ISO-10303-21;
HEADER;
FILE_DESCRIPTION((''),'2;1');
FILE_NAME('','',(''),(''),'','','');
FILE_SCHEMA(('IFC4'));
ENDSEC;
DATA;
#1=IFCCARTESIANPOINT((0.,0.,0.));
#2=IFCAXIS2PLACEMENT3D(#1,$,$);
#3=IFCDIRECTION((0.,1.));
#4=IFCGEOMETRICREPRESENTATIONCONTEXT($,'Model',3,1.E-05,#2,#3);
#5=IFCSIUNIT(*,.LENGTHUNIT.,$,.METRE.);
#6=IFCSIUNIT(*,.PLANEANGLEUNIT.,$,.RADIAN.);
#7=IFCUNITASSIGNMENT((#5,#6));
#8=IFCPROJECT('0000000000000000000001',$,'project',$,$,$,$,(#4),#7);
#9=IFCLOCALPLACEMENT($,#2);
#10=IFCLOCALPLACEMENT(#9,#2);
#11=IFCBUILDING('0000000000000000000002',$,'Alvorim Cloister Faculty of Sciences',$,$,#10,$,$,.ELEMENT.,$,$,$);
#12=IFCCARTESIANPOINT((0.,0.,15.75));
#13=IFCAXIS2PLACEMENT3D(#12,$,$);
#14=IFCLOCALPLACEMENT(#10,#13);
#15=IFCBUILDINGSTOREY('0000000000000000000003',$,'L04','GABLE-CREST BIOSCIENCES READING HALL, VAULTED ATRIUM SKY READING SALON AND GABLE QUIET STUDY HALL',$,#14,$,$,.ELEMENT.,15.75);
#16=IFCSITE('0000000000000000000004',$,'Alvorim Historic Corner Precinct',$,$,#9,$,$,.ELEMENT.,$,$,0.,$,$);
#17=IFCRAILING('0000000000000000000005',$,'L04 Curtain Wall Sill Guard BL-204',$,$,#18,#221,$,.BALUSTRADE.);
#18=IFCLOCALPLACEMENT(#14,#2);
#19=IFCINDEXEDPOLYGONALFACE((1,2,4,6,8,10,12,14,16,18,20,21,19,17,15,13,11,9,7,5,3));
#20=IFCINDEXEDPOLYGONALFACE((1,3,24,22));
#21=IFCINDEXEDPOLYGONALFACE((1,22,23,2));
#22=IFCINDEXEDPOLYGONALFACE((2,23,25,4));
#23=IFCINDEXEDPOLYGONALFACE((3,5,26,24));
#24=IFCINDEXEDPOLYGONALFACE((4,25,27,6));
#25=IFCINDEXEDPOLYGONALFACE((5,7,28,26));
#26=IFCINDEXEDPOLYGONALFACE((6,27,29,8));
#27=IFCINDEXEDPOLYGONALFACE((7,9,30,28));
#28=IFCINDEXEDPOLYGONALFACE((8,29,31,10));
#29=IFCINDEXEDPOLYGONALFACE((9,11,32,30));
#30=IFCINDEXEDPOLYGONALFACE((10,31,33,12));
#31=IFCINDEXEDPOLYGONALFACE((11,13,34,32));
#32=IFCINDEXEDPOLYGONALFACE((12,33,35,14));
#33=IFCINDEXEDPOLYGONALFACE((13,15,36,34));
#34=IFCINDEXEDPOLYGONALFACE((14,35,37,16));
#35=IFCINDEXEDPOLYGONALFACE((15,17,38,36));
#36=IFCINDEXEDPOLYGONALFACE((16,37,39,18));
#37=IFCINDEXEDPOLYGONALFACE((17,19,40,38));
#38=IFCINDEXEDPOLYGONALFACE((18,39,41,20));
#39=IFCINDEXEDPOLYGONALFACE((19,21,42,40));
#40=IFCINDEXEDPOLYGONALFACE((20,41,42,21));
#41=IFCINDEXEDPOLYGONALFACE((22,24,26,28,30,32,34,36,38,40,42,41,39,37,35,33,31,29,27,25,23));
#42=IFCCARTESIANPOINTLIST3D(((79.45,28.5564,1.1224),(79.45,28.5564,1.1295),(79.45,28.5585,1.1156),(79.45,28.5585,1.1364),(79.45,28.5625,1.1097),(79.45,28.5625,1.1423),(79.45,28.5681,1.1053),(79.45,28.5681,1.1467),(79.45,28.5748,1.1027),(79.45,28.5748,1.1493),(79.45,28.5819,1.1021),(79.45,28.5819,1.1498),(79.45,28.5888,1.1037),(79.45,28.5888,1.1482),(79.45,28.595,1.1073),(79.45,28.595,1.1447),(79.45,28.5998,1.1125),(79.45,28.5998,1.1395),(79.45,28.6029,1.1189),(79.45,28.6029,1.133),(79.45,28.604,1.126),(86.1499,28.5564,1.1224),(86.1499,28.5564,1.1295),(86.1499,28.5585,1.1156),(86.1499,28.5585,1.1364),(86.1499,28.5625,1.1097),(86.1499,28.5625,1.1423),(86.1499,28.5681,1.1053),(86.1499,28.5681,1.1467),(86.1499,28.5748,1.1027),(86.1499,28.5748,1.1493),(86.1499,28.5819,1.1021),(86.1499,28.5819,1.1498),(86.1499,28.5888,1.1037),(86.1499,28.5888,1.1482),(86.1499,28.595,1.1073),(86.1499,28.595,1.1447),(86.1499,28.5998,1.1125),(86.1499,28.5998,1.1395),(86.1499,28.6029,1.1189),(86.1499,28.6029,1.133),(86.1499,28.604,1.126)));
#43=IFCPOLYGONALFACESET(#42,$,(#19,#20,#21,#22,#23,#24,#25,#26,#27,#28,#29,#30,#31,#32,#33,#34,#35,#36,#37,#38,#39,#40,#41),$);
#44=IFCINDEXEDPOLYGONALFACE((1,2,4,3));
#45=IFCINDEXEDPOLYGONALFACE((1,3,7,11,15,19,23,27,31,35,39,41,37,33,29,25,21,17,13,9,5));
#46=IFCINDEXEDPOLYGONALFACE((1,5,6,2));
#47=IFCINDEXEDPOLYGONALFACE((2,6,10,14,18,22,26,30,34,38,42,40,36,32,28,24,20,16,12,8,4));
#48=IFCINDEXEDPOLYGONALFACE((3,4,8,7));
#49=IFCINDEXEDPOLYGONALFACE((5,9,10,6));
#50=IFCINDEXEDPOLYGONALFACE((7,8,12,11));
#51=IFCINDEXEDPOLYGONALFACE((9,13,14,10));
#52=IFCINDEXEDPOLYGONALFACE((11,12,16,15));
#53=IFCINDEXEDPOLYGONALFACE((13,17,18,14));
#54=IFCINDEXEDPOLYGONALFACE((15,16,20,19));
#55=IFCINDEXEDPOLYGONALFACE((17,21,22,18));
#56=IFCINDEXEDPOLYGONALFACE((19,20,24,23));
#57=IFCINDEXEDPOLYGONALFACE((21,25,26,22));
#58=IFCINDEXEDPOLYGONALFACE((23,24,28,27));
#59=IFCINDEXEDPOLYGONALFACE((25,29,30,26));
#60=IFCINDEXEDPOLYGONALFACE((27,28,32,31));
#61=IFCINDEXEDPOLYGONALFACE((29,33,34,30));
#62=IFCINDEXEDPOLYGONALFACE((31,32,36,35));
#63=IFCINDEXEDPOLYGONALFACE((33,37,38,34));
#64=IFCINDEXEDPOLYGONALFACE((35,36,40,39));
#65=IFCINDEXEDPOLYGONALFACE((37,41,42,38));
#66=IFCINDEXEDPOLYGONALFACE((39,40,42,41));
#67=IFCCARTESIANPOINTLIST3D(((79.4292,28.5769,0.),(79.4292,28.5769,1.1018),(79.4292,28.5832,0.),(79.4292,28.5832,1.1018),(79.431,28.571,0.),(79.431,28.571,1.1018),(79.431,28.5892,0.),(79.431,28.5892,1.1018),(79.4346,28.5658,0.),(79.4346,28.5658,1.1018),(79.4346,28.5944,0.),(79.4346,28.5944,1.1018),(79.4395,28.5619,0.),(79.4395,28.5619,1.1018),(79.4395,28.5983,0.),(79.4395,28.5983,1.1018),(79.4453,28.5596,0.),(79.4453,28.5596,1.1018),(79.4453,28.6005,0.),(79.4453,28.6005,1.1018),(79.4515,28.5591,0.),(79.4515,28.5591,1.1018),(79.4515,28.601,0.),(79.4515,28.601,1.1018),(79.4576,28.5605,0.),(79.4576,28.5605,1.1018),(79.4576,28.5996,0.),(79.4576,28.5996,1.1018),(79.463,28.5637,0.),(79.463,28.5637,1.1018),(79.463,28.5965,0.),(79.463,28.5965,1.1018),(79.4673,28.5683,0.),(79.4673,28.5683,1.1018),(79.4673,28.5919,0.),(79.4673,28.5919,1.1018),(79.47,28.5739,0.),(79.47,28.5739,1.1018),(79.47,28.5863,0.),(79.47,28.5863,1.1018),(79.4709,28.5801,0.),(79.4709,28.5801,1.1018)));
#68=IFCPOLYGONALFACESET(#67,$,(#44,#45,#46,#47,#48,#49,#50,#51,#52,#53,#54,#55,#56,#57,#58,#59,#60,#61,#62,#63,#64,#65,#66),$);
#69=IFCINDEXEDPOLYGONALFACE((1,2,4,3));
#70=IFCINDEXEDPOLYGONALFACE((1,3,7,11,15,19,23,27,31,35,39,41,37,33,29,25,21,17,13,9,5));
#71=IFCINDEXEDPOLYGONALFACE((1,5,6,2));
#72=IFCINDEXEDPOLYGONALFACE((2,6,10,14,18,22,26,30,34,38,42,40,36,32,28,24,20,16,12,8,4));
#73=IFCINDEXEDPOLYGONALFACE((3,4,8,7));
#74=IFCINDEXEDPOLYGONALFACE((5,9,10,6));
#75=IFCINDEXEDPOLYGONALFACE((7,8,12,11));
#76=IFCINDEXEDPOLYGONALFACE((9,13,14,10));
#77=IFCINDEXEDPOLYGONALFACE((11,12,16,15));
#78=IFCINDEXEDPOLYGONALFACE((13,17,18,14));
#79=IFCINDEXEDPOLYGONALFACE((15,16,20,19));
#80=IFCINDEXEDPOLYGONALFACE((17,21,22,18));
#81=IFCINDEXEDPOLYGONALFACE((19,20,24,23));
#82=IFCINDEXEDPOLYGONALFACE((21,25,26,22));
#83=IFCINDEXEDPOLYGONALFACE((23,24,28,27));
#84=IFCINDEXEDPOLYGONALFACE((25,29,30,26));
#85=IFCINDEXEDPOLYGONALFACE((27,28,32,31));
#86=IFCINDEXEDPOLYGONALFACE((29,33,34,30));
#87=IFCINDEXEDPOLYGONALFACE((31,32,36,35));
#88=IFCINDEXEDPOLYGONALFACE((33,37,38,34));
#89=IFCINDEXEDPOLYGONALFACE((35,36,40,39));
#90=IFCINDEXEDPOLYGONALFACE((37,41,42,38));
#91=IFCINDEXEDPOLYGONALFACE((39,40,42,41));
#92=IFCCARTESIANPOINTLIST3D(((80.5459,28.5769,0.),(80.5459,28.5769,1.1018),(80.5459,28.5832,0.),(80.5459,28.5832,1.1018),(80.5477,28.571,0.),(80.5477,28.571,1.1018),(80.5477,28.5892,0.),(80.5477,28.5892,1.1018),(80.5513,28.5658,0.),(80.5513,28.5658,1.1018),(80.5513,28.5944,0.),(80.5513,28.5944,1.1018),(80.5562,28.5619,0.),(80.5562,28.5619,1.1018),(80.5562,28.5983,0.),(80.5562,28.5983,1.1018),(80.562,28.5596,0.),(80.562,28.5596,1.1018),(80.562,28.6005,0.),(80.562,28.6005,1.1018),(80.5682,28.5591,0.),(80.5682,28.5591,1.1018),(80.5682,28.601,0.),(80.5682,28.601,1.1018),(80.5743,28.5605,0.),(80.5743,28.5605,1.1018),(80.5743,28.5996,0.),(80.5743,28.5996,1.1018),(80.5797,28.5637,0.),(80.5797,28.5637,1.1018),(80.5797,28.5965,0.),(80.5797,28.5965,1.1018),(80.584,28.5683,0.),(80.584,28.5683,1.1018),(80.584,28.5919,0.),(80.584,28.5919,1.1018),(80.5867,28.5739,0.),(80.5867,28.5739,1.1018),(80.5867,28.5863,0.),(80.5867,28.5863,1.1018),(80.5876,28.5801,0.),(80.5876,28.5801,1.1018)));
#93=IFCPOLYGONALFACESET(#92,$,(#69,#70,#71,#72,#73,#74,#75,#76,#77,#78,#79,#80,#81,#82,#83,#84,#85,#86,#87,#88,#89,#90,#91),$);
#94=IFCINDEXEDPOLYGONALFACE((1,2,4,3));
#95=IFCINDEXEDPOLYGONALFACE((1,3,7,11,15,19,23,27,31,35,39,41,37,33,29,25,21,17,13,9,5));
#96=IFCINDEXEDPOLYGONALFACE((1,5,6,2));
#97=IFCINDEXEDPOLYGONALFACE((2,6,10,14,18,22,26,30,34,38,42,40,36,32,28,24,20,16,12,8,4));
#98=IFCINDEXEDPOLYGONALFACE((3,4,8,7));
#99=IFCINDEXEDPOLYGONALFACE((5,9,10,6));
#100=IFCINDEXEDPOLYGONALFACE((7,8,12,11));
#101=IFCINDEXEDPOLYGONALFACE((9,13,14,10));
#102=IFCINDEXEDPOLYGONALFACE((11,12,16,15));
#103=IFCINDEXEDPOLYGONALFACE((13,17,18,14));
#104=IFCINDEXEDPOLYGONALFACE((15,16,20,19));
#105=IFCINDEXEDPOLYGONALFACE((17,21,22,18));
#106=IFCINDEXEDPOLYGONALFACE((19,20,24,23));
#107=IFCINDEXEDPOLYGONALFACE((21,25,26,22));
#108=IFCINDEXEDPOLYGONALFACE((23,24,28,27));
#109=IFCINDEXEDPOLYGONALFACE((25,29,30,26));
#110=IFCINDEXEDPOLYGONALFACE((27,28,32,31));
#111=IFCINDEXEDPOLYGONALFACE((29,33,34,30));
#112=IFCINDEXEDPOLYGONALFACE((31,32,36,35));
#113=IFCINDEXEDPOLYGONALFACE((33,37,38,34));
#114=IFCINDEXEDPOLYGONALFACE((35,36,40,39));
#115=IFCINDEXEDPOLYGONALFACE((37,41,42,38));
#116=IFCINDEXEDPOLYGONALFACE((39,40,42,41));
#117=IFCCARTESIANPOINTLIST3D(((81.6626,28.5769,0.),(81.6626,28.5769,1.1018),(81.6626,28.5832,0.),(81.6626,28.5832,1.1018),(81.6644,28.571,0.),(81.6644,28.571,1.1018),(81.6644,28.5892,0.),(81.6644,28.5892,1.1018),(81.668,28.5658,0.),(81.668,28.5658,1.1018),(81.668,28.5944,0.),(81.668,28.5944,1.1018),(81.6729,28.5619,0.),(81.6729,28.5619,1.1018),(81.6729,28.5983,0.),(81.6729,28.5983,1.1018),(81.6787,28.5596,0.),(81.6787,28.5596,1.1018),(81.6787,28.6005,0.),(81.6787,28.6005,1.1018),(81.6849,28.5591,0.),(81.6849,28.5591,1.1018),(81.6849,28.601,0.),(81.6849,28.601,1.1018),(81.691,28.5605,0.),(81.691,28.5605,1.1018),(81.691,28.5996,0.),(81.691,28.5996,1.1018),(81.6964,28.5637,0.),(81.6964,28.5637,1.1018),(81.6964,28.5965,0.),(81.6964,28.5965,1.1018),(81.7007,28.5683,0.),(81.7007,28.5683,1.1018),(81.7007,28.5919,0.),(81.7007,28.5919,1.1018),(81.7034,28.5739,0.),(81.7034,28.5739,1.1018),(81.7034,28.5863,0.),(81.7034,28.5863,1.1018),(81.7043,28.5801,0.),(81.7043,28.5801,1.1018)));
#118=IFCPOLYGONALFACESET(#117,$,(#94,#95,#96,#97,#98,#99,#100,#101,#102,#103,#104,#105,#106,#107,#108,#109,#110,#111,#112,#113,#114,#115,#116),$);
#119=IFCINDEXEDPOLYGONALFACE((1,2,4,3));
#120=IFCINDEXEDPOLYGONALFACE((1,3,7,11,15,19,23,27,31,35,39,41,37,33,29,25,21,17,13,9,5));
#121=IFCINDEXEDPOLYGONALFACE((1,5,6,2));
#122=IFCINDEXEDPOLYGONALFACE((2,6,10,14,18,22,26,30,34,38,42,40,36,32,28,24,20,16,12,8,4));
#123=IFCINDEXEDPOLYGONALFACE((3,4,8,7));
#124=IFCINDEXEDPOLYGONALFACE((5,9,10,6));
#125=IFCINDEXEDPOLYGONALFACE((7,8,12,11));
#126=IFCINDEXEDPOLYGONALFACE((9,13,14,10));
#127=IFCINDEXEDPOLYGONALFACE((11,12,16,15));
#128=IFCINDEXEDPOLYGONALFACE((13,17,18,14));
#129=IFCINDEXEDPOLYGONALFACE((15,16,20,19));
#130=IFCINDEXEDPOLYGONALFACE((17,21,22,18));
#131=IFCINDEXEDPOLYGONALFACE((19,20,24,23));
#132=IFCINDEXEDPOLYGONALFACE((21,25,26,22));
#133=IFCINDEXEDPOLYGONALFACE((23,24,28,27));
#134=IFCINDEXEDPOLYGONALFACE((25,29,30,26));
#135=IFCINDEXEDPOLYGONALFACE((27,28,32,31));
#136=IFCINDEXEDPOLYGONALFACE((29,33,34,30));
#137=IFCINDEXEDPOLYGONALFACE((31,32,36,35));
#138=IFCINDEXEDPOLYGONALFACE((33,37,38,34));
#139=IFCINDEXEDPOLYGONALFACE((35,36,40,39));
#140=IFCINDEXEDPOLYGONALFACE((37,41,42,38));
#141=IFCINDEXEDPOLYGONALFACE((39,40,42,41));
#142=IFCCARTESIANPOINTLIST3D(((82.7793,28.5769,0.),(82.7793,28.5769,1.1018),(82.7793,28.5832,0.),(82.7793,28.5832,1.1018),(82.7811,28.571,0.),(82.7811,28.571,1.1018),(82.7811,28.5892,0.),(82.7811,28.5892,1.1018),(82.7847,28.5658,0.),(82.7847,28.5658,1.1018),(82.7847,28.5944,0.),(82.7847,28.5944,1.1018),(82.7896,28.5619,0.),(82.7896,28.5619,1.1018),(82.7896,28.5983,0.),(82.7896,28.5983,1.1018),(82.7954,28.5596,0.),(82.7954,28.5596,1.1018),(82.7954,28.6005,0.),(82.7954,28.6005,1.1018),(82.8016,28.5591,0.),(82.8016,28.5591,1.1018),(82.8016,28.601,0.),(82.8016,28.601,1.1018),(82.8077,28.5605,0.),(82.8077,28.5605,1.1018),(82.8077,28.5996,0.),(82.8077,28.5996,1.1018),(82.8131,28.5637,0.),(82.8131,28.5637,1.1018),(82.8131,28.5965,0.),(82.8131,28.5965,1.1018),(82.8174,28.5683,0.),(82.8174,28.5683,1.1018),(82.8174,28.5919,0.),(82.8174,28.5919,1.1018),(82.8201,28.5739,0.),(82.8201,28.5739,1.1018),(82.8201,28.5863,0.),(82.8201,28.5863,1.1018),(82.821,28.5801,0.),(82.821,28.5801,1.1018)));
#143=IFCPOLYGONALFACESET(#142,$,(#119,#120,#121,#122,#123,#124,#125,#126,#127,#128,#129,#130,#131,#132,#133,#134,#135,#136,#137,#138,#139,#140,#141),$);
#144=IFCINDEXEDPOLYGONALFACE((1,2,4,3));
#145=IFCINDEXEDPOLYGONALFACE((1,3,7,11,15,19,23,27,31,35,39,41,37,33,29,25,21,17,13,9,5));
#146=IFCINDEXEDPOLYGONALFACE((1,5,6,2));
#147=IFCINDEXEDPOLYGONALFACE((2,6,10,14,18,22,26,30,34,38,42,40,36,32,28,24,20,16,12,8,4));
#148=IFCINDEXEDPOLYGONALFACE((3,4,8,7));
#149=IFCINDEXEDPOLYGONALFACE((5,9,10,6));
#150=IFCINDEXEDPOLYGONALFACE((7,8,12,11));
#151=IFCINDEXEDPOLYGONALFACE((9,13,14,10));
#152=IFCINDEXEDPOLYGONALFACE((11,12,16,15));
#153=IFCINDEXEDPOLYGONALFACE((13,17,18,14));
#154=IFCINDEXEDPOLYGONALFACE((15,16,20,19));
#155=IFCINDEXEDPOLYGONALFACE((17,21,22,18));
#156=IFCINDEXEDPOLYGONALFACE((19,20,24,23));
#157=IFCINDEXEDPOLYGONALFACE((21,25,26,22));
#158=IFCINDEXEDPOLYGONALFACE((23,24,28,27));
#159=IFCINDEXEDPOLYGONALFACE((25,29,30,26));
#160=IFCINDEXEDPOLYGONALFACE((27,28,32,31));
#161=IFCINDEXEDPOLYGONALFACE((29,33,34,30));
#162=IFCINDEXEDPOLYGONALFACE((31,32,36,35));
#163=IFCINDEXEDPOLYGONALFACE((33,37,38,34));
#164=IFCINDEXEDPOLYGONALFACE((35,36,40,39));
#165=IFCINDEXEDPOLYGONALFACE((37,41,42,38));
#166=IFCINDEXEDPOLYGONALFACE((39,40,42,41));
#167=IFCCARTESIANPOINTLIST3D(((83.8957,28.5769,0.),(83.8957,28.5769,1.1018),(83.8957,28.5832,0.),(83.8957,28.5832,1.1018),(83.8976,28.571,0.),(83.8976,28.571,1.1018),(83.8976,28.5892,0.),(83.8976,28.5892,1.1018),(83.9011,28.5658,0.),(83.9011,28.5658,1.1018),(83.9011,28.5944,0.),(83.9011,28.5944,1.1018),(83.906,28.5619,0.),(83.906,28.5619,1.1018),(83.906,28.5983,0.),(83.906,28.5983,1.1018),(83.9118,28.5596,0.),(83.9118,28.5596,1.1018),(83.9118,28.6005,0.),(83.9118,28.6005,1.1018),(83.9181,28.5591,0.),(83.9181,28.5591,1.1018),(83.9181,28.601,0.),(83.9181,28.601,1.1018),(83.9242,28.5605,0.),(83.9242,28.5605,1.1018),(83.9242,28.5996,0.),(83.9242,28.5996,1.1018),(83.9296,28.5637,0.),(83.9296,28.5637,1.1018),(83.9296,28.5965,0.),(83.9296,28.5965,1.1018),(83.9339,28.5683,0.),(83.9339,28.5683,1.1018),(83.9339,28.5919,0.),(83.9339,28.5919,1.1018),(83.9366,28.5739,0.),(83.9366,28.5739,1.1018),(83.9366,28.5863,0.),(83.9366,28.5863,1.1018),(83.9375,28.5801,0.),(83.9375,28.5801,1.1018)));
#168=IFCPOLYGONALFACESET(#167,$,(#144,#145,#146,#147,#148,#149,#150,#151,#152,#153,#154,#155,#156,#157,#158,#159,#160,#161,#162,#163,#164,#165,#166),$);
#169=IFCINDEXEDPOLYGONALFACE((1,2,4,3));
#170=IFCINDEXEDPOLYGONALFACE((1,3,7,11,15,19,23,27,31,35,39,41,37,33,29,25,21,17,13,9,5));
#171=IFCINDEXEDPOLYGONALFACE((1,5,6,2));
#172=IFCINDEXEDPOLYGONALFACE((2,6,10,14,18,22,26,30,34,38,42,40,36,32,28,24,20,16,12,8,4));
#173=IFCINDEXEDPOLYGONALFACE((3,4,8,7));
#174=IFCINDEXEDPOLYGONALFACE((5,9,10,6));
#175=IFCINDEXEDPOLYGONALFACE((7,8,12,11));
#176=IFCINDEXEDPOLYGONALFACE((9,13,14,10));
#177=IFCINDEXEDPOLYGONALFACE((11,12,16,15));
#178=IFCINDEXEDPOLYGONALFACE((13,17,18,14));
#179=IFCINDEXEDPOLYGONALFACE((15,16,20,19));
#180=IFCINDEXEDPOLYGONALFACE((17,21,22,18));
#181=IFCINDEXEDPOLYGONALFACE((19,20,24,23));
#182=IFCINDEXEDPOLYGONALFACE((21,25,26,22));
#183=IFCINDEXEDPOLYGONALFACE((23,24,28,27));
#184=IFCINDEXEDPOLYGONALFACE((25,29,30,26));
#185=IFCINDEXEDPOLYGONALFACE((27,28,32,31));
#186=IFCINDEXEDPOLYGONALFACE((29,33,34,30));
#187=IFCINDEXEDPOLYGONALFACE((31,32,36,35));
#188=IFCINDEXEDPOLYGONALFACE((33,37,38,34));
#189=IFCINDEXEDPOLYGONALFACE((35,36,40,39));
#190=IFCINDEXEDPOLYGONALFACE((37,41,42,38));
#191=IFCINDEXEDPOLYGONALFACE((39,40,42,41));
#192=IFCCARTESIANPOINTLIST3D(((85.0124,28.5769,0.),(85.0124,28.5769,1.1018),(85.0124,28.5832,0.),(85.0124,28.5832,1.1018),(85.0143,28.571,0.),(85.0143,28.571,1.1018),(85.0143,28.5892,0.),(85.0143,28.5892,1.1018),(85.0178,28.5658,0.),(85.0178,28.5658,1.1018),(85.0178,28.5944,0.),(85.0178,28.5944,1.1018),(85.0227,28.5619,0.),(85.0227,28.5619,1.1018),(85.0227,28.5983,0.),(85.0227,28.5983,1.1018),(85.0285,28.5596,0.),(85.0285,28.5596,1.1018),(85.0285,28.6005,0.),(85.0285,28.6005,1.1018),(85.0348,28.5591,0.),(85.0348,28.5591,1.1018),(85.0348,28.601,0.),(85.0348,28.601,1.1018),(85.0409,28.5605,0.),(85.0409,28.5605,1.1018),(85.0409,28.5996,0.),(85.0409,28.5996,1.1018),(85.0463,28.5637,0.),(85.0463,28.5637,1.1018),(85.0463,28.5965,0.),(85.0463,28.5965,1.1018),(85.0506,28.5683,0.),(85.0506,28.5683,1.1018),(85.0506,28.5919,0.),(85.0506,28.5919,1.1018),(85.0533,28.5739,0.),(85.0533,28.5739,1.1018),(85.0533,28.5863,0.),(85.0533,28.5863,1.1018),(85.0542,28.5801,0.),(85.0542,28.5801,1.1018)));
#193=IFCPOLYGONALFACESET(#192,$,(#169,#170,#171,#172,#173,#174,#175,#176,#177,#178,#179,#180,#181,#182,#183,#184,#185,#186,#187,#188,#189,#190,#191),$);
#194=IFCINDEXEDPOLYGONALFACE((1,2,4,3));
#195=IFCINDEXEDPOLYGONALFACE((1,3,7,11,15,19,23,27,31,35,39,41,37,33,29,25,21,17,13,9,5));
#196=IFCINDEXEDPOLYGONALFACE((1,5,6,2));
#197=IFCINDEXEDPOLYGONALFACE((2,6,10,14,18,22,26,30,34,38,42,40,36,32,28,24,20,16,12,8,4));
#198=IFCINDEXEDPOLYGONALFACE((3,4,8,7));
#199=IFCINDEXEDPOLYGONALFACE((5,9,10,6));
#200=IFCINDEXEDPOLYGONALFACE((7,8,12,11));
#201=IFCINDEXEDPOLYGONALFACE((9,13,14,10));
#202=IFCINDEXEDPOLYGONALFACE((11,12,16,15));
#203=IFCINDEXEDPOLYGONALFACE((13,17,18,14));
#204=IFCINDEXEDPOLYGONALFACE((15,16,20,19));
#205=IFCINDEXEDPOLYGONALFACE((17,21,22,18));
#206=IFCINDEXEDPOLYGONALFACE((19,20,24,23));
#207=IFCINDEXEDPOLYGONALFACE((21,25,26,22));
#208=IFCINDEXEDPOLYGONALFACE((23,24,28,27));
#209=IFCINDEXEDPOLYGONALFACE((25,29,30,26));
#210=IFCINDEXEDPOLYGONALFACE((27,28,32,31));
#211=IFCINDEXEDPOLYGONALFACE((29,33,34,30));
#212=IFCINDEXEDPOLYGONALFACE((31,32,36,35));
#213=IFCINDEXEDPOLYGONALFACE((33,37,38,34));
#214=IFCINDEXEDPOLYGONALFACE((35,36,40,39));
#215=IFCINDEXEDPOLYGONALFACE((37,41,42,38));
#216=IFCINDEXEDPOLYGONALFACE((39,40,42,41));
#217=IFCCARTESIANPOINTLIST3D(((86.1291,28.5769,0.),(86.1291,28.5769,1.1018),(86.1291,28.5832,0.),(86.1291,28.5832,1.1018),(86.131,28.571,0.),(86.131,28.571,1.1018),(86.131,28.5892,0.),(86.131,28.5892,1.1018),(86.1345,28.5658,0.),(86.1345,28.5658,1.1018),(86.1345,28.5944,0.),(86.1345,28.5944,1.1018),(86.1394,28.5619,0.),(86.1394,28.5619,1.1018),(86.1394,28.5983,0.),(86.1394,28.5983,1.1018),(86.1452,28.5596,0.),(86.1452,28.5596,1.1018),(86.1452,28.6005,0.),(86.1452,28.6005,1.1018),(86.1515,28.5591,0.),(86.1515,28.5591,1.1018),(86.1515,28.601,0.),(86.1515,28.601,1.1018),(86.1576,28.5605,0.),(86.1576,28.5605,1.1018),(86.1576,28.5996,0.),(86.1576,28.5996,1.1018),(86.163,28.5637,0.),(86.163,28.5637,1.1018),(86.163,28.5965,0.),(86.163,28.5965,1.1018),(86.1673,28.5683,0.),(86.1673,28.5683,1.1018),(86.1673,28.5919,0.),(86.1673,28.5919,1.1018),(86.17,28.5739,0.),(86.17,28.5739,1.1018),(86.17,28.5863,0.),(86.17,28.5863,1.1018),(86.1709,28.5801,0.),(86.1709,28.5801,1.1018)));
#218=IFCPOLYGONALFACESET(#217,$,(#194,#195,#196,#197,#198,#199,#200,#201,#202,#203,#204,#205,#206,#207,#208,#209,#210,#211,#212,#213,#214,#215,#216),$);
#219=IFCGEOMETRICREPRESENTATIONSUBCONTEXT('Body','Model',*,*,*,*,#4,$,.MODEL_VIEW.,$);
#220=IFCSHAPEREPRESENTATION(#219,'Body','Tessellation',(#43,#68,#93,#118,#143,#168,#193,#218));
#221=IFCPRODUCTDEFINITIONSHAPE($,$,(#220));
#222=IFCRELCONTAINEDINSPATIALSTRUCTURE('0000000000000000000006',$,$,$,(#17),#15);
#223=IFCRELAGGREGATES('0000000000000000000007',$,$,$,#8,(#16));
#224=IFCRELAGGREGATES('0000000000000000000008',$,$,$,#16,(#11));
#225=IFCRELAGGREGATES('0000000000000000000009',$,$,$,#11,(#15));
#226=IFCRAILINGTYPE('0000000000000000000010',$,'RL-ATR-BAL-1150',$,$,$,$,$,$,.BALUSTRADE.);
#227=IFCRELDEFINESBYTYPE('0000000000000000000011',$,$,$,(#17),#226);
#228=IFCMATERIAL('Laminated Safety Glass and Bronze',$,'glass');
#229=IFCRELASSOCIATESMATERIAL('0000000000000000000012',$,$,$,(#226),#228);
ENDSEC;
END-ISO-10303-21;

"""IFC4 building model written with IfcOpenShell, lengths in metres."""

from ifc_helpers import new_model, si_unit, direction, frame, origin, origin_2d, place, context, subcontext, project, spatial, circle, extrude, material, type_object, element, save


model = new_model("IFC4")

# Units and contexts
model_context = context("Model", 3, precision=1e-05, world=origin(), true_north=direction((0.0, 1.0)))
body_context = subcontext(model_context, "Body", "Model", "MODEL_VIEW")
ifc_project = project(units=[si_unit("LENGTHUNIT", "METRE"), si_unit("PLANEANGLEUNIT", "RADIAN")], contexts=[model_context])

# Site, building, storey
site_placement = place(None, origin())
site = spatial("IfcSite", under=ifc_project, at=site_placement, Name="Alvorim Historic Corner Precinct", CompositionType="ELEMENT", RefElevation=0.0)
building_placement = place(site_placement, origin())
building = spatial("IfcBuilding", under=site, at=building_placement, Name="Alvorim Cloister Faculty of Sciences", CompositionType="ELEMENT")
storey_placement = place(building_placement, frame((0.0, 0.0, 15.75)))
storey = spatial("IfcBuildingStorey", under=building, at=storey_placement, Name="L04", Description="GABLE-CREST BIOSCIENCES READING HALL, VAULTED ATRIUM SKY READING SALON AND GABLE QUIET STUDY HALL", CompositionType="ELEMENT", Elevation=15.75)

# Railing
ifc_material_1 = material(Name="Laminated Safety Glass and Bronze", Category="glass")
railing_type = type_object("IfcRailingType", Name="RL-ATR-BAL-1150", PredefinedType="BALUSTRADE", material=ifc_material_1)
railing_1_placement = place(storey_placement, frame((79.45, 28.5801, 0.0)))
element("IfcRailing", 1, at=railing_1_placement, inside=storey, type_object=railing_type, Name="L04 Curtain Wall Sill Guard BL-204", PredefinedType="BALUSTRADE", context=body_context, shape_type="SweptSolid", body=[
    extrude(circle(Radius=0.0239, at=origin_2d()), frame((0.0, 0.0, 1.126), z_axis=(1.0, 0.0, 0.0), x_axis=(0.0, 1.0, 0.0)), (0.0, 0.0, 1.0), 6.7),
    extrude(circle(Radius=0.021, at=origin_2d()), origin(), (0.0, 0.0, 1.0), 1.1018),
    extrude(circle(Radius=0.021, at=origin_2d()), frame((1.1167, 0.0, 0.0)), (0.0, 0.0, 1.0), 1.1018),
    extrude(circle(Radius=0.021, at=origin_2d()), frame((2.2334, 0.0, 0.0)), (0.0, 0.0, 1.0), 1.1018),
    extrude(circle(Radius=0.021, at=origin_2d()), frame((3.3501, 0.0, 0.0)), (0.0, 0.0, 1.0), 1.1018),
    extrude(circle(Radius=0.021, at=origin_2d()), frame((4.4666, 0.0, 0.0)), (0.0, 0.0, 1.0), 1.1018),
    extrude(circle(Radius=0.021, at=origin_2d()), frame((5.5833, 0.0, 0.0)), (0.0, 0.0, 1.0), 1.1018),
    extrude(circle(Radius=0.021, at=origin_2d()), frame((6.7, 0.0, 0.0)), (0.0, 0.0, 1.0), 1.1018),
])

save(model, "model.ifc")
